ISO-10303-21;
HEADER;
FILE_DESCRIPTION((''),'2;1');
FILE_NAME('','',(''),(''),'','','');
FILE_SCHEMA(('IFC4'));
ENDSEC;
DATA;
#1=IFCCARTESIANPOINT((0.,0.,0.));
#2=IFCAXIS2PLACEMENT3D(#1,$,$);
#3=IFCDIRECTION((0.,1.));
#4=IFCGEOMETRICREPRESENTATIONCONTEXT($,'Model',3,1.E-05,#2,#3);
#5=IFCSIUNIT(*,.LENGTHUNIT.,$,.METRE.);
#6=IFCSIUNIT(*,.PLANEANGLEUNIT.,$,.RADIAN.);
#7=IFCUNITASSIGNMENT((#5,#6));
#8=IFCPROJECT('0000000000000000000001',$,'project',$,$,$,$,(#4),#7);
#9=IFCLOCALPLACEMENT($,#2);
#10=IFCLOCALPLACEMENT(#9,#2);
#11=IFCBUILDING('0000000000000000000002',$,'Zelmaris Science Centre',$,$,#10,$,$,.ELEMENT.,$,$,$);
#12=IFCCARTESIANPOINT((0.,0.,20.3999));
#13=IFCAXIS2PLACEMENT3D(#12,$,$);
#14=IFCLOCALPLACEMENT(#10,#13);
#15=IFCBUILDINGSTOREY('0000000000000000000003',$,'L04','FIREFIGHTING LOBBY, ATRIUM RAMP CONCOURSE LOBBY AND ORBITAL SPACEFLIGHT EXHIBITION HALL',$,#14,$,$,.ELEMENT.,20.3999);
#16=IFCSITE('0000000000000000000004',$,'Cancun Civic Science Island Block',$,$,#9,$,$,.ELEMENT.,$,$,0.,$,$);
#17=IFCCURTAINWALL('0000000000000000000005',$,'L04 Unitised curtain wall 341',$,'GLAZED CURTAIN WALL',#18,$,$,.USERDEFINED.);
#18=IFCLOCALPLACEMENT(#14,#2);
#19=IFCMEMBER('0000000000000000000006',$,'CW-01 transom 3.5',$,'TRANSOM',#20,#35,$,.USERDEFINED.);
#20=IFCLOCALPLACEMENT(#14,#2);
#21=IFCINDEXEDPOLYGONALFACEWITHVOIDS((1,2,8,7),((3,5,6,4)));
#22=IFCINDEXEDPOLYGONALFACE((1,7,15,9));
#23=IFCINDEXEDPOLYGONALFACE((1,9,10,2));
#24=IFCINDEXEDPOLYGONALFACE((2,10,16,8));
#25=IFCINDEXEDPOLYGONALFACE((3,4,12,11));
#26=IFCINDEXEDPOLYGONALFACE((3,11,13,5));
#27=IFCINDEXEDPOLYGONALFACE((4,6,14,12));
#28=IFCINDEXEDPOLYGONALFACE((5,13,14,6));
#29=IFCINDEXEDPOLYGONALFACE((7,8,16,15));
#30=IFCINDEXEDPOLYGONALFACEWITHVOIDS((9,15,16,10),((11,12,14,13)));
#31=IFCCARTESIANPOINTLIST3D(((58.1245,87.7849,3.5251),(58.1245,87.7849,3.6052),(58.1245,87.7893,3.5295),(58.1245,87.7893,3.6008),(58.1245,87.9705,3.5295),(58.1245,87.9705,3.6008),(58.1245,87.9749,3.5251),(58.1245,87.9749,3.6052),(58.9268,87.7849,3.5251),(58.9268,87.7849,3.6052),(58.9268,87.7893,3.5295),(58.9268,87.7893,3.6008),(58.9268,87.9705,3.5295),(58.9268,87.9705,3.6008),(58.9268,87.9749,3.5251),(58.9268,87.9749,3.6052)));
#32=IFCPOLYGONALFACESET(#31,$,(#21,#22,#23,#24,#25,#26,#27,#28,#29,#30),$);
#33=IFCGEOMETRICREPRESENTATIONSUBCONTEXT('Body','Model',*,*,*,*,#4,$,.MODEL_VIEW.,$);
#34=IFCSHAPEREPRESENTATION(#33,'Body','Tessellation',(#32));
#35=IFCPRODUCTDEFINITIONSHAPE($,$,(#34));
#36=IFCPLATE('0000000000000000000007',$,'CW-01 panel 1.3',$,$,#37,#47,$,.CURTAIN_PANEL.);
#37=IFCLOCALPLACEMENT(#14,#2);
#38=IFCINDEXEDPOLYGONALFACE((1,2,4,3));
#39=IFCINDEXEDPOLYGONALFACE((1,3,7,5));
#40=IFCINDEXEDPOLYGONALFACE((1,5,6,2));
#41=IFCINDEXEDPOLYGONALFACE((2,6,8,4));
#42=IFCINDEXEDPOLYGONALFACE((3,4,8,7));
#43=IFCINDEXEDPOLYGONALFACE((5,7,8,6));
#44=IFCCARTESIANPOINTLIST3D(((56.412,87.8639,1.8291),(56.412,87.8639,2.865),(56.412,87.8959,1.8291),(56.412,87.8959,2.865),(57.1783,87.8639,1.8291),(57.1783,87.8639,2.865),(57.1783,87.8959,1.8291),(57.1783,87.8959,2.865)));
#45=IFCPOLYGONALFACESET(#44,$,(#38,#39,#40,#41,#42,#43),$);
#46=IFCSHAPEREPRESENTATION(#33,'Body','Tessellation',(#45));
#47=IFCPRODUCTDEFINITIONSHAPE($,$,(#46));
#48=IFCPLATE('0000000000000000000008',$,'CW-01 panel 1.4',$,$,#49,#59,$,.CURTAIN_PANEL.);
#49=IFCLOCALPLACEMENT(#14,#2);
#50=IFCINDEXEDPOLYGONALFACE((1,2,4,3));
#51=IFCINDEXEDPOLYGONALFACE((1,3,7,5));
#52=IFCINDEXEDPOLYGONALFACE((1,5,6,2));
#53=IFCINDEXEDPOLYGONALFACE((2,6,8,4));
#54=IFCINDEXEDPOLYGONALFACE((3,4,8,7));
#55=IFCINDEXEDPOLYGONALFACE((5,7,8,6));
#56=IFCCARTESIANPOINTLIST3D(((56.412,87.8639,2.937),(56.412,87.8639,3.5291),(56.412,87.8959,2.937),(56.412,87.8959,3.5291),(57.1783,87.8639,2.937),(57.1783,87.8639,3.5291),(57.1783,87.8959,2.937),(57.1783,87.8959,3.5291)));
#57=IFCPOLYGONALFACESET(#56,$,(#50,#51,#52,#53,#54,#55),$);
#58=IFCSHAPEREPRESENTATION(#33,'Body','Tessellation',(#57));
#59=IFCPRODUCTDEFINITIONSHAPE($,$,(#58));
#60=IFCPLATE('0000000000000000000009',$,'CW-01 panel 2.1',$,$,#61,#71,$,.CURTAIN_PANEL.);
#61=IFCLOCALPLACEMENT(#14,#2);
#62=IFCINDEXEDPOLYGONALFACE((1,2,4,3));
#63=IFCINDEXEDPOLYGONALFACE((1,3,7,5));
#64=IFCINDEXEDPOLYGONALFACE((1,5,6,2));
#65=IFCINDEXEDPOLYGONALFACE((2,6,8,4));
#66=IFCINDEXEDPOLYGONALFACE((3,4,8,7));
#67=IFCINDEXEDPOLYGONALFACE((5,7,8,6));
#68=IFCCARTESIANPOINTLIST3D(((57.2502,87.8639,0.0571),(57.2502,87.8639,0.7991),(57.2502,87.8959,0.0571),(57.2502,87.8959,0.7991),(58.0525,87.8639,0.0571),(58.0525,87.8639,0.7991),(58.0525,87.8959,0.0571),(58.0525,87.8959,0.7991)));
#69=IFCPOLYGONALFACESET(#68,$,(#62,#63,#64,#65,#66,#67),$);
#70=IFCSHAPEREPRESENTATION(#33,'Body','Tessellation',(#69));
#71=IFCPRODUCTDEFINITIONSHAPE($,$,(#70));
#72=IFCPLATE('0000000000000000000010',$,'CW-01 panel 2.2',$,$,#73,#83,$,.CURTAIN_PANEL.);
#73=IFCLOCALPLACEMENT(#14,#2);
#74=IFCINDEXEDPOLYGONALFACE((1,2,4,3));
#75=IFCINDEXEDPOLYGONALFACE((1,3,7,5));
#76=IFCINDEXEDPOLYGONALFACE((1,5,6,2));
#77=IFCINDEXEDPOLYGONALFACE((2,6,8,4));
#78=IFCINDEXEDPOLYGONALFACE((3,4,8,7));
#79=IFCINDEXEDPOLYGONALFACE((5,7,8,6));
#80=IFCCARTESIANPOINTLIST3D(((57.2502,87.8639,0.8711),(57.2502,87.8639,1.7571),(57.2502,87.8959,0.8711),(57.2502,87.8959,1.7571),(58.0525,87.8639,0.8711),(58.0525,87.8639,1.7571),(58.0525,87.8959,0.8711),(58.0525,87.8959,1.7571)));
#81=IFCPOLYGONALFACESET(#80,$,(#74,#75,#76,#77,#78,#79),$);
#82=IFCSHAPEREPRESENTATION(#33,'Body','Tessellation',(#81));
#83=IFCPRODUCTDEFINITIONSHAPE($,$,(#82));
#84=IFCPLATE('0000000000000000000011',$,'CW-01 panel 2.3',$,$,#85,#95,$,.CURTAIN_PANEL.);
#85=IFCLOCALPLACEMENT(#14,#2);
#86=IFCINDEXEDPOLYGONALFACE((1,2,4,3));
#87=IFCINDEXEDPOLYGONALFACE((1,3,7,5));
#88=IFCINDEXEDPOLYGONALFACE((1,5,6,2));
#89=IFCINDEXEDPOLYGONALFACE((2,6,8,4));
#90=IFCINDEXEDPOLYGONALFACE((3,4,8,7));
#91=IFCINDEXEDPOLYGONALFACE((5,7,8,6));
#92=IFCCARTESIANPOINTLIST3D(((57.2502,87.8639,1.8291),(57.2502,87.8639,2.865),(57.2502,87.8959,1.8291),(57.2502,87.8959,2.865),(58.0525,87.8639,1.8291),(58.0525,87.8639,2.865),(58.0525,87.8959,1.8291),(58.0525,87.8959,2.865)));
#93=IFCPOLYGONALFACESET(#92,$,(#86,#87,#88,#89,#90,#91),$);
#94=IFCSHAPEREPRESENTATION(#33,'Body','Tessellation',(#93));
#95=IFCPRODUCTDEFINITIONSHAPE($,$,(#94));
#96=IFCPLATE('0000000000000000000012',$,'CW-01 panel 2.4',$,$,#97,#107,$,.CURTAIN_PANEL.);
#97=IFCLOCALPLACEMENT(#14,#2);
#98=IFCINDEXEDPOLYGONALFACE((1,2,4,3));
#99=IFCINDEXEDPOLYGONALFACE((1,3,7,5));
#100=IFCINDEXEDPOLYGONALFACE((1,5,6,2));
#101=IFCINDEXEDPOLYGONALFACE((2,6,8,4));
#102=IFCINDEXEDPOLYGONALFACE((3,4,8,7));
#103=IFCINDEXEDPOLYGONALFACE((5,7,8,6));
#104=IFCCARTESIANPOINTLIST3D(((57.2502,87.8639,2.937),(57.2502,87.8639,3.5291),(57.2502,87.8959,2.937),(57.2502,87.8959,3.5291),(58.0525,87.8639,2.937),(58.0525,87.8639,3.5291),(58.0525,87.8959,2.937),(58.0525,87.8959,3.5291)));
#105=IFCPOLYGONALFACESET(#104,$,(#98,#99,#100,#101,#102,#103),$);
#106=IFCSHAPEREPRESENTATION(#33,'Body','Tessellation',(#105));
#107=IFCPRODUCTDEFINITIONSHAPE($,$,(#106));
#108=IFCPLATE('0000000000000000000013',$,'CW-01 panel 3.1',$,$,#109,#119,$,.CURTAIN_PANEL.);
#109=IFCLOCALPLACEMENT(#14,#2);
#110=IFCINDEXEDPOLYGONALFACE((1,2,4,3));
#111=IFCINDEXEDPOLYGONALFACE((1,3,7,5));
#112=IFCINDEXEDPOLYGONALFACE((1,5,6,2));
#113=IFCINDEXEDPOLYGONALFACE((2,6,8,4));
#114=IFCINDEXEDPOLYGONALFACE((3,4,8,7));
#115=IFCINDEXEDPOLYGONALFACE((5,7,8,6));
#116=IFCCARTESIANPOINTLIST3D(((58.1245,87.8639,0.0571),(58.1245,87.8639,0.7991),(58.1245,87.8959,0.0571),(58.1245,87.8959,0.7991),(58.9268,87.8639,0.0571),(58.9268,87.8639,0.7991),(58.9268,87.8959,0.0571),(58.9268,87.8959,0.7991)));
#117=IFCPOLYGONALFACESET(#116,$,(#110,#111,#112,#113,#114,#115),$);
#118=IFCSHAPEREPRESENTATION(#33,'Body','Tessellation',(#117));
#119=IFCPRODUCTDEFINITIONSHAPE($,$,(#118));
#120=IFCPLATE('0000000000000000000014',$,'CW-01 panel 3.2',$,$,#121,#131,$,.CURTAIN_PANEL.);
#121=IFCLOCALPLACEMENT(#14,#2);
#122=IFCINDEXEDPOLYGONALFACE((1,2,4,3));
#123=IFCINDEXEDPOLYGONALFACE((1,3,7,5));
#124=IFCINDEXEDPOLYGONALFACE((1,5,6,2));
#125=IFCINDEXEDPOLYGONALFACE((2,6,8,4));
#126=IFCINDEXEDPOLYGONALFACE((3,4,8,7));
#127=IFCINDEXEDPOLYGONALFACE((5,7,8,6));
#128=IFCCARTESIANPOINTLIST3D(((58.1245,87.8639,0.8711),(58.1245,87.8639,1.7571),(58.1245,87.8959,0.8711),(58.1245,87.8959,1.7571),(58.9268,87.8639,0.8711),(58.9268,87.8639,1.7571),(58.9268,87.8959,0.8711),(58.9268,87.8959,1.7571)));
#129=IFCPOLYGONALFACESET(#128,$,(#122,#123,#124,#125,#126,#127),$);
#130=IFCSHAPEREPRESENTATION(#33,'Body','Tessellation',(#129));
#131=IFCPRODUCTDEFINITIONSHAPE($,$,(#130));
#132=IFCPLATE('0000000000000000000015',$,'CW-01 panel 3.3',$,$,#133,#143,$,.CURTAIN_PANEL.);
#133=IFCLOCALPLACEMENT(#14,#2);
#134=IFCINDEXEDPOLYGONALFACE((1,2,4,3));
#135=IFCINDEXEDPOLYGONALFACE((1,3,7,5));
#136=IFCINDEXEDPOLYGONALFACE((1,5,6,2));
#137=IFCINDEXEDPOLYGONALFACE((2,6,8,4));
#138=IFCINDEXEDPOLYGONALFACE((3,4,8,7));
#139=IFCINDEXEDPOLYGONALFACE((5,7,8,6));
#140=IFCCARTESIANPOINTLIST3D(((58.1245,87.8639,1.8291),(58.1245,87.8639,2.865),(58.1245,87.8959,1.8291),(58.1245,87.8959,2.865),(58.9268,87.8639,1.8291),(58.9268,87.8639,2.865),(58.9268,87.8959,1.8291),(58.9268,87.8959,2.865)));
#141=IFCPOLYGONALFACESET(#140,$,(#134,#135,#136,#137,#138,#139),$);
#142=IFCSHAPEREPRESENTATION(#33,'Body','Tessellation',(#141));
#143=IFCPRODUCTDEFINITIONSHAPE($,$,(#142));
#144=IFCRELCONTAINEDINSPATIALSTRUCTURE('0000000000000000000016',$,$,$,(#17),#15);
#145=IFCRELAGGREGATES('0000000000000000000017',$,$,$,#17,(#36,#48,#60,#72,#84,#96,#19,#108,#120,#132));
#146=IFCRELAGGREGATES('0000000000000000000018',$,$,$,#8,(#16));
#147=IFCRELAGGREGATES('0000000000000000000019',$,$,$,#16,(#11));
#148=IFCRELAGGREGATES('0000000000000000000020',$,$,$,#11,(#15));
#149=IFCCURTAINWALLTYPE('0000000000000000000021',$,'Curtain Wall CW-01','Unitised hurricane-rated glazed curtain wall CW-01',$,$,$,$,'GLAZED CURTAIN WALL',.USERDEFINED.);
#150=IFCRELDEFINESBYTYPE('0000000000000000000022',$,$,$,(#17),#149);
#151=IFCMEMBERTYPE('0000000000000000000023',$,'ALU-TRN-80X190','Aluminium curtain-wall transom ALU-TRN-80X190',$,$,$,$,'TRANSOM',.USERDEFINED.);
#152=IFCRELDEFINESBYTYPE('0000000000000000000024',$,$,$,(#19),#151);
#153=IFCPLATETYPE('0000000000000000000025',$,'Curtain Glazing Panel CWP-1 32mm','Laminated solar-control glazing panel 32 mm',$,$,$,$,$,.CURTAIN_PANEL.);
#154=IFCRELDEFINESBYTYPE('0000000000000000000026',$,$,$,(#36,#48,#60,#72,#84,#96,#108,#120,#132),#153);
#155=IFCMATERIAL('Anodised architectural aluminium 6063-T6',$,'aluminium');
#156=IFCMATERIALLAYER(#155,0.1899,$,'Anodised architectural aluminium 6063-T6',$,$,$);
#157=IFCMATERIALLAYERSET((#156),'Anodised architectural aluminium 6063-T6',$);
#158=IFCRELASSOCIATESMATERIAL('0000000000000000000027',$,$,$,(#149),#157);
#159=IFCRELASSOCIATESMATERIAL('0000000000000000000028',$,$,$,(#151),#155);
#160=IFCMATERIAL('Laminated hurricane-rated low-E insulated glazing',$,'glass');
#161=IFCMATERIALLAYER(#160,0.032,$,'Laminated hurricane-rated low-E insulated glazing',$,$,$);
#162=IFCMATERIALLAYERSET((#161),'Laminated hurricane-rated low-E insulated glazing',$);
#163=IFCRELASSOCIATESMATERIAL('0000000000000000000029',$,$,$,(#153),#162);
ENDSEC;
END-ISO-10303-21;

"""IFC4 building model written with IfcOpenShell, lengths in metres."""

from ifc_helpers import new_model, si_unit, direction, frame, origin, origin_2d, place, context, subcontext, project, spatial, rectangle, hollow_rectangle, extrude, material, layer, layer_set, material_profile, profile_set, type_object, element, aggregate, save


model = new_model("IFC4")

# Units and contexts
model_context = context("Model", 3, precision=1e-05, world=origin(), true_north=direction((0.0, 1.0)))
body_context = subcontext(model_context, "Body", "Model", "MODEL_VIEW")
ifc_project = project(units=[si_unit("LENGTHUNIT", "METRE"), si_unit("PLANEANGLEUNIT", "RADIAN")], contexts=[model_context])

# Site, building, storey
site_placement = place(None, origin())
site = spatial("IfcSite", under=ifc_project, at=site_placement, Name="Cancun Civic Science Island Block", CompositionType="ELEMENT", RefElevation=0.0)
building_placement = place(site_placement, origin())
building = spatial("IfcBuilding", under=site, at=building_placement, Name="Zelmaris Science Centre", CompositionType="ELEMENT")
storey_placement = place(building_placement, frame((0.0, 0.0, 20.3999)))
storey = spatial("IfcBuildingStorey", under=building, at=storey_placement, Name="L04", Description="FIREFIGHTING LOBBY, ATRIUM RAMP CONCOURSE LOBBY AND ORBITAL SPACEFLIGHT EXHIBITION HALL", CompositionType="ELEMENT", Elevation=20.3999)

# Curtain wall, member, plates
ifc_material_1 = material(Name="Anodised architectural aluminium 6063-T6", Category="aluminium")
ifc_layer_1 = layer(ifc_material_1, 0.1899, Name="Anodised architectural aluminium 6063-T6")
ifc_layer_set_1 = layer_set([ifc_layer_1], Name="Anodised architectural aluminium 6063-T6")
curtain_wall_type = type_object("IfcCurtainWallType", Name="Curtain Wall CW-01", Description="Unitised hurricane-rated glazed curtain wall CW-01", ElementType="GLAZED CURTAIN WALL", PredefinedType="USERDEFINED", material=ifc_layer_set_1)
curtain_wall_placement = place(storey_placement, origin())
curtain_wall = element("IfcCurtainWall", 1, at=curtain_wall_placement, inside=storey, type_object=curtain_wall_type, Name="L04 Unitised curtain wall 341", ObjectType="GLAZED CURTAIN WALL", PredefinedType="USERDEFINED")
ifc_material_profile_1 = material_profile(ifc_material_1, hollow_rectangle(XDim=0.0801, YDim=0.1899, WallThickness=0.0044, at=origin_2d()), Name="ALU-TRN-80X190")
ifc_profile_set_1 = profile_set([ifc_material_profile_1], Name="Anodised architectural aluminium 6063-T6")
member_type_1 = type_object("IfcMemberType", Name="ALU-TRN-80X190", Description="Aluminium curtain-wall transom ALU-TRN-80X190", ElementType="TRANSOM", PredefinedType="USERDEFINED", material=ifc_profile_set_1)
member_1_placement = place(storey_placement, frame((58.1245, 87.8799, 3.5652), z_axis=(1.0, 0.0, 0.0), x_axis=(0.0, 0.0, 1.0)))
member_1 = element("IfcMember", 2, at=member_1_placement, type_object=member_type_1, Name="CW-01 transom 3.5", ObjectType="TRANSOM", PredefinedType="USERDEFINED", context=body_context, shape_type="SweptSolid", body=[
    extrude(hollow_rectangle(XDim=0.0801, YDim=0.1899, WallThickness=0.0044, at=origin_2d()), origin(), (0.0, 0.0, 1.0), 0.8022),
])
ifc_material_2 = material(Name="Laminated hurricane-rated low-E insulated glazing", Category="glass")
ifc_layer_2 = layer(ifc_material_2, 0.032, Name="Laminated hurricane-rated low-E insulated glazing")
ifc_layer_set_2 = layer_set([ifc_layer_2], Name="Laminated hurricane-rated low-E insulated glazing")
plate_type = type_object("IfcPlateType", Name="Curtain Glazing Panel CWP-1 32mm", Description="Laminated solar-control glazing panel 32 mm", PredefinedType="CURTAIN_PANEL", material=ifc_layer_set_2)
plate_1_placement = place(storey_placement, frame((56.7952, 87.8799, 1.8291), z_axis=(0.0, 0.0, 1.0), x_axis=(1.0, 0.0, 0.0)))
plate_1 = element("IfcPlate", 3, at=plate_1_placement, type_object=plate_type, Name="CW-01 panel 1.3", PredefinedType="CURTAIN_PANEL", context=body_context, shape_type="SweptSolid", body=[
    extrude(rectangle(XDim=0.7664, YDim=0.032, at=origin_2d()), origin(), (0.0, 0.0, 1.0), 1.0359),
])
plate_2_placement = place(storey_placement, frame((56.7952, 87.8799, 2.937), z_axis=(0.0, 0.0, 1.0), x_axis=(1.0, 0.0, 0.0)))
plate_2 = element("IfcPlate", 4, at=plate_2_placement, type_object=plate_type, Name="CW-01 panel 1.4", PredefinedType="CURTAIN_PANEL", context=body_context, shape_type="SweptSolid", body=[
    extrude(rectangle(XDim=0.7664, YDim=0.032, at=origin_2d()), origin(), (0.0, 0.0, 1.0), 0.592),
])
plate_3_placement = place(storey_placement, frame((57.6514, 87.8799, 0.0571), z_axis=(0.0, 0.0, 1.0), x_axis=(1.0, 0.0, 0.0)))
plate_3 = element("IfcPlate", 5, at=plate_3_placement, type_object=plate_type, Name="CW-01 panel 2.1", PredefinedType="CURTAIN_PANEL", context=body_context, shape_type="SweptSolid", body=[
    extrude(rectangle(XDim=0.8022, YDim=0.032, at=origin_2d()), origin(), (0.0, 0.0, 1.0), 0.7419),
])
plate_4_placement = place(storey_placement, frame((57.6514, 87.8799, 0.8711), z_axis=(0.0, 0.0, 1.0), x_axis=(1.0, 0.0, 0.0)))
plate_4 = element("IfcPlate", 6, at=plate_4_placement, type_object=plate_type, Name="CW-01 panel 2.2", PredefinedType="CURTAIN_PANEL", context=body_context, shape_type="SweptSolid", body=[
    extrude(rectangle(XDim=0.8022, YDim=0.032, at=origin_2d()), origin(), (0.0, 0.0, 1.0), 0.886),
])
plate_5_placement = place(storey_placement, frame((57.6514, 87.8799, 1.8291), z_axis=(0.0, 0.0, 1.0), x_axis=(1.0, 0.0, 0.0)))
plate_5 = element("IfcPlate", 7, at=plate_5_placement, type_object=plate_type, Name="CW-01 panel 2.3", PredefinedType="CURTAIN_PANEL", context=body_context, shape_type="SweptSolid", body=[
    extrude(rectangle(XDim=0.8022, YDim=0.032, at=origin_2d()), origin(), (0.0, 0.0, 1.0), 1.0359),
])
plate_6_placement = place(storey_placement, frame((57.6514, 87.8799, 2.937), z_axis=(0.0, 0.0, 1.0), x_axis=(1.0, 0.0, 0.0)))
plate_6 = element("IfcPlate", 8, at=plate_6_placement, type_object=plate_type, Name="CW-01 panel 2.4", PredefinedType="CURTAIN_PANEL", context=body_context, shape_type="SweptSolid", body=[
    extrude(rectangle(XDim=0.8022, YDim=0.032, at=origin_2d()), origin(), (0.0, 0.0, 1.0), 0.592),
])
plate_7_placement = place(storey_placement, frame((58.5256, 87.8799, 0.0571), z_axis=(0.0, 0.0, 1.0), x_axis=(1.0, 0.0, 0.0)))
plate_7 = element("IfcPlate", 9, at=plate_7_placement, type_object=plate_type, Name="CW-01 panel 3.1", PredefinedType="CURTAIN_PANEL", context=body_context, shape_type="SweptSolid", body=[
    extrude(rectangle(XDim=0.8022, YDim=0.032, at=origin_2d()), origin(), (0.0, 0.0, 1.0), 0.7419),
])
plate_8_placement = place(storey_placement, frame((58.5256, 87.8799, 0.8711), z_axis=(0.0, 0.0, 1.0), x_axis=(1.0, 0.0, 0.0)))
plate_8 = element("IfcPlate", 10, at=plate_8_placement, type_object=plate_type, Name="CW-01 panel 3.2", PredefinedType="CURTAIN_PANEL", context=body_context, shape_type="SweptSolid", body=[
    extrude(rectangle(XDim=0.8022, YDim=0.032, at=origin_2d()), origin(), (0.0, 0.0, 1.0), 0.886),
])
plate_9_placement = place(storey_placement, frame((58.5256, 87.8799, 1.8291), z_axis=(0.0, 0.0, 1.0), x_axis=(1.0, 0.0, 0.0)))
plate_9 = element("IfcPlate", 11, at=plate_9_placement, type_object=plate_type, Name="CW-01 panel 3.3", PredefinedType="CURTAIN_PANEL", context=body_context, shape_type="SweptSolid", body=[
    extrude(rectangle(XDim=0.8022, YDim=0.032, at=origin_2d()), origin(), (0.0, 0.0, 1.0), 1.0359),
])
aggregate(curtain_wall, [plate_1, plate_2, plate_3, plate_4, plate_5, plate_6, member_1, plate_7, plate_8, plate_9])

save(model, "model.ifc")
